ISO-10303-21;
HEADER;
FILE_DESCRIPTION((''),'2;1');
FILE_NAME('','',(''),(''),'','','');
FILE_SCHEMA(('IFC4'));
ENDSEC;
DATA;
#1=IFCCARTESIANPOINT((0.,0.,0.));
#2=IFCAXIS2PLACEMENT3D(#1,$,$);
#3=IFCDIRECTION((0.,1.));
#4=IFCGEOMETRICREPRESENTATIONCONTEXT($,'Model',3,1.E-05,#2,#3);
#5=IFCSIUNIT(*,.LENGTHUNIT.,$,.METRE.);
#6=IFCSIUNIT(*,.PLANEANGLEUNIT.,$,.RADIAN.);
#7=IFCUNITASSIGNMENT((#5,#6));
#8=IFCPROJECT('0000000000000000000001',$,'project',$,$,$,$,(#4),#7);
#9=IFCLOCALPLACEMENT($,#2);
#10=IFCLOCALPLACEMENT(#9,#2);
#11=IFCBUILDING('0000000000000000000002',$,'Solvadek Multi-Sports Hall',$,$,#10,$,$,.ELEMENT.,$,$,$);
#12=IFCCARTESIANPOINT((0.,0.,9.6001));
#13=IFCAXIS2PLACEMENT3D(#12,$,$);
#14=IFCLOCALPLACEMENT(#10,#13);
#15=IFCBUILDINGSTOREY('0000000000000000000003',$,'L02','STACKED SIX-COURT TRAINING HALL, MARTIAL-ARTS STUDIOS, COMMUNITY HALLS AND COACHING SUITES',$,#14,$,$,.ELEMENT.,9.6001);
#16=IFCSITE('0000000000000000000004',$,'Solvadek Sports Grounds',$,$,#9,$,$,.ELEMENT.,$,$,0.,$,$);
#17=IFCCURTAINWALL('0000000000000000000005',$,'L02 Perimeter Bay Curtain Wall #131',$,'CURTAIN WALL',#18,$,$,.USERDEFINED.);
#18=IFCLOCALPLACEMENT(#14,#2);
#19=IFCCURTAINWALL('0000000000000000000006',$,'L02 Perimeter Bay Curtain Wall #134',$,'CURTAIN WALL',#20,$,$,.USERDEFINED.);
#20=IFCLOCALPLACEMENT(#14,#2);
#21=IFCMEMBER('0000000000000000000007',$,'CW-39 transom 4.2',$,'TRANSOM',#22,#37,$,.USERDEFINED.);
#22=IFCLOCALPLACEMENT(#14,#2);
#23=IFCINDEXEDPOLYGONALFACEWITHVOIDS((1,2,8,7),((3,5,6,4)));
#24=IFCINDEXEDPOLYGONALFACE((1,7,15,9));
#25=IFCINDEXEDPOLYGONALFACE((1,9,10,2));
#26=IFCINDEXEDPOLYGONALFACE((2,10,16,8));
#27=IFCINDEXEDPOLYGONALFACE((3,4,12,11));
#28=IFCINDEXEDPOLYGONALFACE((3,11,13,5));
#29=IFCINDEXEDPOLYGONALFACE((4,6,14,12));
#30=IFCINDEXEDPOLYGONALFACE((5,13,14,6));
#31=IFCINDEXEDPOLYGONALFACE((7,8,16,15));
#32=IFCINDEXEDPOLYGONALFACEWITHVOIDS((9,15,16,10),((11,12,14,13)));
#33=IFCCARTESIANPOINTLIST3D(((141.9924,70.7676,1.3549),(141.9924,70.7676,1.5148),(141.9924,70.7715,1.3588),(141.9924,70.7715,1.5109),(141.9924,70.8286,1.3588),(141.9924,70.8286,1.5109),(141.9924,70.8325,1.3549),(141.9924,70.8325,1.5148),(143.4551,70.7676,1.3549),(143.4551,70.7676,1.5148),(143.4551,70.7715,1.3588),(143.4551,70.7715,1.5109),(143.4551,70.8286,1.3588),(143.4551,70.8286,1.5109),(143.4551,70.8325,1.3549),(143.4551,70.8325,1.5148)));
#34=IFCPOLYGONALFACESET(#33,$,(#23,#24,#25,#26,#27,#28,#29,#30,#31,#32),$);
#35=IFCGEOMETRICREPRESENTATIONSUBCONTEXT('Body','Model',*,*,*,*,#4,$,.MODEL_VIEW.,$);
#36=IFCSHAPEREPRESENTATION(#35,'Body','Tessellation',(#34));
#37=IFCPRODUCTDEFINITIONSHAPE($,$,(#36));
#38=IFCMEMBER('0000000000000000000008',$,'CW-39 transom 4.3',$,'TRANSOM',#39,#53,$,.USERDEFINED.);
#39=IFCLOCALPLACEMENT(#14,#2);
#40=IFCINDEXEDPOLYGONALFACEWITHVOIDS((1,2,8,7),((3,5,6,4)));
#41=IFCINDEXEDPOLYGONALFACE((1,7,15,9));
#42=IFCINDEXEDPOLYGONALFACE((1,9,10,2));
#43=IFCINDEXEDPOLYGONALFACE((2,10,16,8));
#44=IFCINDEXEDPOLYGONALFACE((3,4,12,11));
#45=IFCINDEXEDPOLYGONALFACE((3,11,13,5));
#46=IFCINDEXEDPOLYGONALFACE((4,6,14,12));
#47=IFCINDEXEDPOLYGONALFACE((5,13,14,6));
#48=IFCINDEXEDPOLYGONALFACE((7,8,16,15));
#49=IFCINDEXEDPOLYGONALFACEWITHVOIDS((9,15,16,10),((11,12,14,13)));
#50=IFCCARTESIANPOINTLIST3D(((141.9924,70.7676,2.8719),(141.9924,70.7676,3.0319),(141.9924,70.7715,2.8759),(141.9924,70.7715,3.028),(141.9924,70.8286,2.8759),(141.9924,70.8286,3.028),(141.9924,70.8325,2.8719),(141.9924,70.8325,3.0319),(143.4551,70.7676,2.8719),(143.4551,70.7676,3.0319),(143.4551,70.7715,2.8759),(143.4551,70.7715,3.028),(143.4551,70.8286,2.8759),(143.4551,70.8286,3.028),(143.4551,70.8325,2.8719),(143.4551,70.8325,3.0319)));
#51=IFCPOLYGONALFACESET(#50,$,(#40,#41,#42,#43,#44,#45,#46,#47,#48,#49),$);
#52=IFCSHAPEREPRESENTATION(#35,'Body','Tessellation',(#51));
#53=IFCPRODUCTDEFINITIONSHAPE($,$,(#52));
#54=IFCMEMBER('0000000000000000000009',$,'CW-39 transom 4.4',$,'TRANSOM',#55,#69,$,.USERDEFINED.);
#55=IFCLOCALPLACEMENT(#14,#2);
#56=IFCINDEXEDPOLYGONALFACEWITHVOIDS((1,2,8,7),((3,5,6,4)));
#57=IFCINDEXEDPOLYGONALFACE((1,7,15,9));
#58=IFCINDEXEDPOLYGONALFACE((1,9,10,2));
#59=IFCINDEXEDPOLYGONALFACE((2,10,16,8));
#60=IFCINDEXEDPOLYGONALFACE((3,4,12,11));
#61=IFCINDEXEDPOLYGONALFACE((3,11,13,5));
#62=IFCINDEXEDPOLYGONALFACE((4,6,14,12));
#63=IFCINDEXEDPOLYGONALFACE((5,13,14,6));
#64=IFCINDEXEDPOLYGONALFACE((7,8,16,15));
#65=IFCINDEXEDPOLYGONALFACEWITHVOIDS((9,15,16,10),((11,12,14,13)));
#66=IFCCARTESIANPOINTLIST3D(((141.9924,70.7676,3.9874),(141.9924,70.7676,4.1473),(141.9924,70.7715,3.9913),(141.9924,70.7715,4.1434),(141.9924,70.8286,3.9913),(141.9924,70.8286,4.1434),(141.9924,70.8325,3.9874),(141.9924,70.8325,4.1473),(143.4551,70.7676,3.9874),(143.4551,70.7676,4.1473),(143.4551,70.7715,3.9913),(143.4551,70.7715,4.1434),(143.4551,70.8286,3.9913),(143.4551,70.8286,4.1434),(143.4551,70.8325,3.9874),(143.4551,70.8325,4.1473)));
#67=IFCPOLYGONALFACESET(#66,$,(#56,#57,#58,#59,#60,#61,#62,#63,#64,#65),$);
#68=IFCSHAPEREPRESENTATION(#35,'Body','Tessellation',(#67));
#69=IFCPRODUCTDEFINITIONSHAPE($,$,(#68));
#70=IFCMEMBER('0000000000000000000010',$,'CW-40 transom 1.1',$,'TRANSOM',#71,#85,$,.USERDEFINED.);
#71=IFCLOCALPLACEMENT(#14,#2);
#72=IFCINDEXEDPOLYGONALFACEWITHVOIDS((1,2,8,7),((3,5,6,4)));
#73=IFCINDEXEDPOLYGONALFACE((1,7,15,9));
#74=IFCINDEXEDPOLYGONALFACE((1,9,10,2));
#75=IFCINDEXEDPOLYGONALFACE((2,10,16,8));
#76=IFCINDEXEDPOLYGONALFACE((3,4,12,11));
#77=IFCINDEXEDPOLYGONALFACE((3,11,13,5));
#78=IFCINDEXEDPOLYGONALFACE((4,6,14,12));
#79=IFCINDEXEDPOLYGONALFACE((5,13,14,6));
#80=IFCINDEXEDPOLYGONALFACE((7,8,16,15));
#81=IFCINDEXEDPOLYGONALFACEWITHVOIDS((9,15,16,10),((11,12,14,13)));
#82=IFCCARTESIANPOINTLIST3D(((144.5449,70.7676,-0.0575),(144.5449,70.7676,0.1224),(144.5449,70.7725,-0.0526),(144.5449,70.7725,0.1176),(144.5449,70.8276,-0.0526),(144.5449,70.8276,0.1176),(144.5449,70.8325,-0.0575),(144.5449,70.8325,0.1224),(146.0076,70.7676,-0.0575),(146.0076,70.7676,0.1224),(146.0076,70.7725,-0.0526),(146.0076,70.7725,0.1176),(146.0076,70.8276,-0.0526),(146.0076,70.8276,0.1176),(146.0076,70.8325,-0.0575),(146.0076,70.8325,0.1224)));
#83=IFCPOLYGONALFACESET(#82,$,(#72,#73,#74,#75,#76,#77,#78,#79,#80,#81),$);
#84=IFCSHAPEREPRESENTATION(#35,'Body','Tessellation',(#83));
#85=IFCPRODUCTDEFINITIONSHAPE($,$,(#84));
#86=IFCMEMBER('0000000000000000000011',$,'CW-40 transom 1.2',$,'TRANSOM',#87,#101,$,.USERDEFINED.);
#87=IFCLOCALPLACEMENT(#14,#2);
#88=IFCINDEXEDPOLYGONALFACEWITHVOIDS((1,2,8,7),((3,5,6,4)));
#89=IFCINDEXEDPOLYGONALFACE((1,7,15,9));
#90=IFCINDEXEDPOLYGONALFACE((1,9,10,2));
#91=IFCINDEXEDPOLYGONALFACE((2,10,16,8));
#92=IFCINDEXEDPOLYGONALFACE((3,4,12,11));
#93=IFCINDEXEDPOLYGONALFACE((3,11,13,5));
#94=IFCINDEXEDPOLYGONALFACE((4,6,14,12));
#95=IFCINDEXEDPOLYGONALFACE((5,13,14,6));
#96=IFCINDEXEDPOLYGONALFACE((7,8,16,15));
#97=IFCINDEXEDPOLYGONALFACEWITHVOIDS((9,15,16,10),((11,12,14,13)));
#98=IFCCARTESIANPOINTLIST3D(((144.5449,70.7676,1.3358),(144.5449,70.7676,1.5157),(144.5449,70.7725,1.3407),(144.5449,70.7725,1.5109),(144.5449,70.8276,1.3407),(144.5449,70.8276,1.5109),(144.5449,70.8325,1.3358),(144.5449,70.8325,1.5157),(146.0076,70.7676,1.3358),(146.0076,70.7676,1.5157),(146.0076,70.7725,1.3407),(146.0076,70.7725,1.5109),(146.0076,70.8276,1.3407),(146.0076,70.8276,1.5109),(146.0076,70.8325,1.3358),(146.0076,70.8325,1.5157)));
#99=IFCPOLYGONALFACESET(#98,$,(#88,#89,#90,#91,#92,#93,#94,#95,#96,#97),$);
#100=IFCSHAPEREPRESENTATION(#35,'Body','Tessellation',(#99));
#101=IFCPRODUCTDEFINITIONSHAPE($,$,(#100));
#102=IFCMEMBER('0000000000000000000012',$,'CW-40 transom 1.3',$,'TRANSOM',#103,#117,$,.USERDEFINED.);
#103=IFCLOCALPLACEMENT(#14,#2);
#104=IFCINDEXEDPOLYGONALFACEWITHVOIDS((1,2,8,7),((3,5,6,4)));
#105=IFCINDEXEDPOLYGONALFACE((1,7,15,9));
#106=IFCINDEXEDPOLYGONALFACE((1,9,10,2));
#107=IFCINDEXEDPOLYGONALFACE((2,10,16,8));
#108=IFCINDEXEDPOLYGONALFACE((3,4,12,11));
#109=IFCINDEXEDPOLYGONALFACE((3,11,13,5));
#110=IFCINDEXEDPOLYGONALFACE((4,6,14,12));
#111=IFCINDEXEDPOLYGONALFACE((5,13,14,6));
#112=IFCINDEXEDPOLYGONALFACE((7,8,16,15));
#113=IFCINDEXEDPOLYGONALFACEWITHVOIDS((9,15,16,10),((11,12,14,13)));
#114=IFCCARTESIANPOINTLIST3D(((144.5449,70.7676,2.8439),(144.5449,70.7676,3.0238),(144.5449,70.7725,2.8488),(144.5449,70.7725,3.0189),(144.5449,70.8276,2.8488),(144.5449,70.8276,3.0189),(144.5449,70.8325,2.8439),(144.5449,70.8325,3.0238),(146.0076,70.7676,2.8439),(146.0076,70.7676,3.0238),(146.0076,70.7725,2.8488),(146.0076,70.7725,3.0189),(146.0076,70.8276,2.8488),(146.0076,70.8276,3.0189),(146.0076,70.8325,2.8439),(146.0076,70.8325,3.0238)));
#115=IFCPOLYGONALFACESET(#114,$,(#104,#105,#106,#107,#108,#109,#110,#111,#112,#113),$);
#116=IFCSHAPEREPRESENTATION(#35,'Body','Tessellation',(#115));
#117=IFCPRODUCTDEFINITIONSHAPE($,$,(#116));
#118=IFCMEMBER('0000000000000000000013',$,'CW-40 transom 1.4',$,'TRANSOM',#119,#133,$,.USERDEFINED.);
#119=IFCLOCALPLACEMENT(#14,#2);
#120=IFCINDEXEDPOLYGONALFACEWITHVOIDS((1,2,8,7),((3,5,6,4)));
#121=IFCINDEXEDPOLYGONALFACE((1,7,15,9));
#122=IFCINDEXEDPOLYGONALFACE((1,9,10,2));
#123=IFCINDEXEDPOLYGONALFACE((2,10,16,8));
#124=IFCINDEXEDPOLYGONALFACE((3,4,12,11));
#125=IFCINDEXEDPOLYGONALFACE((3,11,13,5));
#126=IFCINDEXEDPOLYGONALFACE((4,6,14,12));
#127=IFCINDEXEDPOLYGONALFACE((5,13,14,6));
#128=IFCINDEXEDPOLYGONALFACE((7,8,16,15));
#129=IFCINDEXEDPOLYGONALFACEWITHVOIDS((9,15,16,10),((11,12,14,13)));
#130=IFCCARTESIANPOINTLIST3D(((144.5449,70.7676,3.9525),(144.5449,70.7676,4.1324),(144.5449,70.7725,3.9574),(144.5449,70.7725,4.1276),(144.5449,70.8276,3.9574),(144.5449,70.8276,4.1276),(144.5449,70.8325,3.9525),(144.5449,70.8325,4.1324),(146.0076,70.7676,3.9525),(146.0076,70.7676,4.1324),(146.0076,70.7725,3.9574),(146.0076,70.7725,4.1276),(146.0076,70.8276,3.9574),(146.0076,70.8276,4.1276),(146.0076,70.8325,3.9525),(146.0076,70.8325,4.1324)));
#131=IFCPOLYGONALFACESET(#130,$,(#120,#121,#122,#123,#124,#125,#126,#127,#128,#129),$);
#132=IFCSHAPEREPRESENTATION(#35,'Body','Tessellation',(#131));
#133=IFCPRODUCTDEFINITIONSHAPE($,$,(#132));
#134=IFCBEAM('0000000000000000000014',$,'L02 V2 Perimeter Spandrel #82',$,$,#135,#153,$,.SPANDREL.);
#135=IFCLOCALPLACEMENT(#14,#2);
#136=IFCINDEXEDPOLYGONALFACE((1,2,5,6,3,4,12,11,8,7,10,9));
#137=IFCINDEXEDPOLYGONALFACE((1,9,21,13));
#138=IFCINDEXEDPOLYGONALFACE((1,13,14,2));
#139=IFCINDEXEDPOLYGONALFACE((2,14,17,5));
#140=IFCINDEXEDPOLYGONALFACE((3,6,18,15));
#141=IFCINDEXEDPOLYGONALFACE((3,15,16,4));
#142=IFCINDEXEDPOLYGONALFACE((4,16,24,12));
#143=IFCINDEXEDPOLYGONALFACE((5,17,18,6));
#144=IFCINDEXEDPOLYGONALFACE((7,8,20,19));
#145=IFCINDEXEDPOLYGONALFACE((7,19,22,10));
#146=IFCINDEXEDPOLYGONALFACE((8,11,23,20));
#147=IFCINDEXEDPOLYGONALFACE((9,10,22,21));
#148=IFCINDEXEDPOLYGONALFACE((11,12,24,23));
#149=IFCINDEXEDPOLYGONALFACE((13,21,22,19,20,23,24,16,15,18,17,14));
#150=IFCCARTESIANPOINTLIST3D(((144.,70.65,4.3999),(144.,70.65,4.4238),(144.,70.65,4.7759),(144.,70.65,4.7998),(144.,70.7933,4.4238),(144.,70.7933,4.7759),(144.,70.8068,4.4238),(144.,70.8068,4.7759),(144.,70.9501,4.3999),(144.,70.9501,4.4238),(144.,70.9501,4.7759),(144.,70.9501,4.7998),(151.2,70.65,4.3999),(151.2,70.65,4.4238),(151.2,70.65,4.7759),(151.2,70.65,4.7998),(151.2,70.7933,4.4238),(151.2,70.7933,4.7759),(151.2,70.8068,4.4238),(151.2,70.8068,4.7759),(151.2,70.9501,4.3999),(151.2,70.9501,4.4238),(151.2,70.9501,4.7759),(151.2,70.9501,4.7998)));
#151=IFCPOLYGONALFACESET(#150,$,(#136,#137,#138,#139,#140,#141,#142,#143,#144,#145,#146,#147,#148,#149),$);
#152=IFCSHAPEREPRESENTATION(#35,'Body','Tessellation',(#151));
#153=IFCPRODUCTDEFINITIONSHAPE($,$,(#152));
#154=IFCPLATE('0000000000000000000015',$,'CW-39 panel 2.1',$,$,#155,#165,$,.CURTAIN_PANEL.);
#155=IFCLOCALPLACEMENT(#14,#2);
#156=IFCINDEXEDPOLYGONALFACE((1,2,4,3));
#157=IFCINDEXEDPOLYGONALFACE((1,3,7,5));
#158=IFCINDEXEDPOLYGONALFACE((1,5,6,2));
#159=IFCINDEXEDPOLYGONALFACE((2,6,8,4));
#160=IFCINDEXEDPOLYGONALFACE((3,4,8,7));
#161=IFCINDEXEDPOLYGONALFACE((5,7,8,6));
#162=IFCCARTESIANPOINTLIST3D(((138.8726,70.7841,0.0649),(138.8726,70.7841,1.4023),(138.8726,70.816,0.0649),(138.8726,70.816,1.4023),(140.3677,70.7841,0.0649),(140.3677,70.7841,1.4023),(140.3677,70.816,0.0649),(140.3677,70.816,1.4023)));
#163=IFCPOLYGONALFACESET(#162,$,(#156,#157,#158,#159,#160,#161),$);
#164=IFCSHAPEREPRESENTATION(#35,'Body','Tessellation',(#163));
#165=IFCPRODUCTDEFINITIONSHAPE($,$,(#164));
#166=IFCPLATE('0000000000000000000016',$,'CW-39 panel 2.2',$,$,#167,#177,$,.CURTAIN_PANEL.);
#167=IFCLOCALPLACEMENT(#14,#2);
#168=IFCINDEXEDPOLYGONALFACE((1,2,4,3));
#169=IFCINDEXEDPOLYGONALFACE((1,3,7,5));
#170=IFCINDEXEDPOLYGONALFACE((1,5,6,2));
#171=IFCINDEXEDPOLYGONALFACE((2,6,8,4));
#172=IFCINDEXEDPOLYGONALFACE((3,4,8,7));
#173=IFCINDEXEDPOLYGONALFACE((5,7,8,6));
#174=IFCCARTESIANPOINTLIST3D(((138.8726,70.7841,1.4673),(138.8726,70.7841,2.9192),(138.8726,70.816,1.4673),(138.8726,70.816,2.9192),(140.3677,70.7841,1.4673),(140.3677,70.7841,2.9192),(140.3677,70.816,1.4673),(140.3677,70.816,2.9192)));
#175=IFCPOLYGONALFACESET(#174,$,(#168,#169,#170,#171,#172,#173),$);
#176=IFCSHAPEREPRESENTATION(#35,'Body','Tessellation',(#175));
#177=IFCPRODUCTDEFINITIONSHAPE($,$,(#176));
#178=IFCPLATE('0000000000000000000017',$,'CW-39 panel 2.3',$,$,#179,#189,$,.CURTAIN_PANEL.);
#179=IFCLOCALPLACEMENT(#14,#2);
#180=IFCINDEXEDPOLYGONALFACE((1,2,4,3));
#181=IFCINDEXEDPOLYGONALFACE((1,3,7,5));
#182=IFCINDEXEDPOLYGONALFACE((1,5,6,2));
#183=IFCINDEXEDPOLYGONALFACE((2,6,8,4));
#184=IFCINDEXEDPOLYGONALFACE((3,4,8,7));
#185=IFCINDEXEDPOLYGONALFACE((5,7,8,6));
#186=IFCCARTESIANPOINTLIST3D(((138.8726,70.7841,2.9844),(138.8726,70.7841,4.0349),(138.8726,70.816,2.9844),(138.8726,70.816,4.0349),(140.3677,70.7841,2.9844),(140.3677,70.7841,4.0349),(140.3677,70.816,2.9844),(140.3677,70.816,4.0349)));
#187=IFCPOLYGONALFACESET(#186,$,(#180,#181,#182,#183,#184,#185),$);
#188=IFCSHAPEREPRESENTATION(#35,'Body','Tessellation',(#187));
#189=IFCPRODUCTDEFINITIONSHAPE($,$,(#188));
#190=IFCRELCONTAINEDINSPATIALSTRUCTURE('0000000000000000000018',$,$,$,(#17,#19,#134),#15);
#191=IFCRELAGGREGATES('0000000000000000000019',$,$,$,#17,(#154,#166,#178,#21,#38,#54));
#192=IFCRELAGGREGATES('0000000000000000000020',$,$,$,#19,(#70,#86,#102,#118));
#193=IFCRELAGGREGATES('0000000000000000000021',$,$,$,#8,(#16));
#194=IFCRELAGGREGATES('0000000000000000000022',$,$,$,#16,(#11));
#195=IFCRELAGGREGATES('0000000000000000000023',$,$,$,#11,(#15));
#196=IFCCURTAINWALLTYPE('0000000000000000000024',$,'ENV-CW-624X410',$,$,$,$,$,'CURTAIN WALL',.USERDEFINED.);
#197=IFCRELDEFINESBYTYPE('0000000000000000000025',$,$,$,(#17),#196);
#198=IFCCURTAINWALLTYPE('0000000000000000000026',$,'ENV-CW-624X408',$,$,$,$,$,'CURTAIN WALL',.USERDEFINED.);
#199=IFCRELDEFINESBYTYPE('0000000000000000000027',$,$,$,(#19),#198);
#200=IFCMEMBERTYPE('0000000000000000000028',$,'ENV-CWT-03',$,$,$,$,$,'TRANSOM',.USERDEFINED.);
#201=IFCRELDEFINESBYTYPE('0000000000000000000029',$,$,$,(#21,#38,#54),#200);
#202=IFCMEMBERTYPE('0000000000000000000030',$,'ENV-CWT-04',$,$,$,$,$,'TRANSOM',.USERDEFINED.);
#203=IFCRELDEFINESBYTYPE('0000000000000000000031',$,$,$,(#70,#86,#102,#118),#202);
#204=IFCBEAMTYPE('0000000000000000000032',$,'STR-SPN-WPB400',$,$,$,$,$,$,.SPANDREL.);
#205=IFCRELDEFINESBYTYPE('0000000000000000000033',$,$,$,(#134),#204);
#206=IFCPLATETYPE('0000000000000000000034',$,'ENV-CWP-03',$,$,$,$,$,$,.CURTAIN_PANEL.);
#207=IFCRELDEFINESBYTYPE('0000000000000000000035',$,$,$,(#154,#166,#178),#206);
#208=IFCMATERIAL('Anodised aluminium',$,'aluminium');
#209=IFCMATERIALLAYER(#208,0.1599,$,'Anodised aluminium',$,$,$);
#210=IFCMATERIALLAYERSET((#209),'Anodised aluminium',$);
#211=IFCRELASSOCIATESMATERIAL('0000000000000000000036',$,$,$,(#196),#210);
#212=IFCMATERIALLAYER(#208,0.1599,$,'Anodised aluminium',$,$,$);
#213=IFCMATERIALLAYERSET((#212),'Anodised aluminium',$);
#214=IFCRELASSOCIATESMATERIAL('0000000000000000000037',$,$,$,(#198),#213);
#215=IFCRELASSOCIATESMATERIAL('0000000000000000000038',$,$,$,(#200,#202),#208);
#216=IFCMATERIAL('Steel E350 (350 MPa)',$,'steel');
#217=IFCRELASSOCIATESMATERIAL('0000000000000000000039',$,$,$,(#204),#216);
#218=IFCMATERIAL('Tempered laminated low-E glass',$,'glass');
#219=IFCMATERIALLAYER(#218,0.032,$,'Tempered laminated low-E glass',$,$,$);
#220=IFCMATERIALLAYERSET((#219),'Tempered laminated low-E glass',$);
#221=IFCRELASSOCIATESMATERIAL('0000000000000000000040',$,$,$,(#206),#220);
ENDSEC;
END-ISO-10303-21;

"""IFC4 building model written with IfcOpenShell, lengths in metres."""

from ifc_helpers import new_model, si_unit, direction, frame, origin, origin_2d, place, context, subcontext, project, spatial, rectangle, hollow_rectangle, i_section, extrude, material, layer, layer_set, material_profile, profile_set, type_object, element, aggregate, save


model = new_model("IFC4")

# Units and contexts
model_context = context("Model", 3, precision=1e-05, world=origin(), true_north=direction((0.0, 1.0)))
body_context = subcontext(model_context, "Body", "Model", "MODEL_VIEW")
ifc_project = project(units=[si_unit("LENGTHUNIT", "METRE"), si_unit("PLANEANGLEUNIT", "RADIAN")], contexts=[model_context])

# Site, building, storey
site_placement = place(None, origin())
site = spatial("IfcSite", under=ifc_project, at=site_placement, Name="Solvadek Sports Grounds", CompositionType="ELEMENT", RefElevation=0.0)
building_placement = place(site_placement, origin())
building = spatial("IfcBuilding", under=site, at=building_placement, Name="Solvadek Multi-Sports Hall", CompositionType="ELEMENT")
storey_placement = place(building_placement, frame((0.0, 0.0, 9.6001)))
storey = spatial("IfcBuildingStorey", under=building, at=storey_placement, Name="L02", Description="STACKED SIX-COURT TRAINING HALL, MARTIAL-ARTS STUDIOS, COMMUNITY HALLS AND COACHING SUITES", CompositionType="ELEMENT", Elevation=9.6001)

# Shared definitions
ifc_material_1 = material(Name="Steel E350 (350 MPa)", Category="steel")

# Curtain wall
ifc_material_2 = material(Name="Anodised aluminium", Category="aluminium")
ifc_layer_1 = layer(ifc_material_2, 0.1599, Name="Anodised aluminium")
ifc_layer_set_1 = layer_set([ifc_layer_1], Name="Anodised aluminium")
curtain_wall_type_1 = type_object("IfcCurtainWallType", Name="ENV-CW-624X410", ElementType="CURTAIN WALL", PredefinedType="USERDEFINED", material=ifc_layer_set_1)
curtain_wall_1_placement = place(storey_placement, origin())
curtain_wall_1 = element("IfcCurtainWall", 1, at=curtain_wall_1_placement, inside=storey, type_object=curtain_wall_type_1, Name="L02 Perimeter Bay Curtain Wall #131", ObjectType="CURTAIN WALL", PredefinedType="USERDEFINED")

# Curtain wall
ifc_layer_2 = layer(ifc_material_2, 0.1599, Name="Anodised aluminium")
ifc_layer_set_2 = layer_set([ifc_layer_2], Name="Anodised aluminium")
curtain_wall_type_2 = type_object("IfcCurtainWallType", Name="ENV-CW-624X408", ElementType="CURTAIN WALL", PredefinedType="USERDEFINED", material=ifc_layer_set_2)
curtain_wall_2_placement = place(storey_placement, origin())
curtain_wall_2 = element("IfcCurtainWall", 2, at=curtain_wall_2_placement, inside=storey, type_object=curtain_wall_type_2, Name="L02 Perimeter Bay Curtain Wall #134", ObjectType="CURTAIN WALL", PredefinedType="USERDEFINED")

# Members
ifc_material_profile_1 = material_profile(ifc_material_2, hollow_rectangle(XDim=0.0649, YDim=0.1599, WallThickness=0.0039, at=origin_2d()), Name="ALU-T 160x65x4")
ifc_profile_set_1 = profile_set([ifc_material_profile_1], Name="Anodised aluminium")
member_type_1 = type_object("IfcMemberType", Name="ENV-CWT-03", ElementType="TRANSOM", PredefinedType="USERDEFINED", material=ifc_profile_set_1)
member_1_placement = place(storey_placement, frame((141.9924, 70.8, 1.4348), z_axis=(1.0, 0.0, 0.0), x_axis=(0.0, 1.0, 0.0)))
member_1 = element("IfcMember", 3, at=member_1_placement, type_object=member_type_1, Name="CW-39 transom 4.2", ObjectType="TRANSOM", PredefinedType="USERDEFINED", context=body_context, shape_type="SweptSolid", body=[
    extrude(hollow_rectangle(XDim=0.0649, YDim=0.1599, WallThickness=0.0039, at=origin_2d()), origin(), (0.0, 0.0, 1.0), 1.4626),
])
member_2_placement = place(storey_placement, frame((141.9924, 70.8, 2.9519), z_axis=(1.0, 0.0, 0.0), x_axis=(0.0, 1.0, 0.0)))
member_2 = element("IfcMember", 4, at=member_2_placement, type_object=member_type_1, Name="CW-39 transom 4.3", ObjectType="TRANSOM", PredefinedType="USERDEFINED", context=body_context, shape_type="SweptSolid", body=[
    extrude(hollow_rectangle(XDim=0.0649, YDim=0.1599, WallThickness=0.0039, at=origin_2d()), origin(), (0.0, 0.0, 1.0), 1.4626),
])
member_3_placement = place(storey_placement, frame((141.9924, 70.8, 4.0674), z_axis=(1.0, 0.0, 0.0), x_axis=(0.0, 1.0, 0.0)))
member_3 = element("IfcMember", 5, at=member_3_placement, type_object=member_type_1, Name="CW-39 transom 4.4", ObjectType="TRANSOM", PredefinedType="USERDEFINED", context=body_context, shape_type="SweptSolid", body=[
    extrude(hollow_rectangle(XDim=0.0649, YDim=0.1599, WallThickness=0.0039, at=origin_2d()), origin(), (0.0, 0.0, 1.0), 1.4626),
])
ifc_material_profile_2 = material_profile(ifc_material_2, hollow_rectangle(XDim=0.0649, YDim=0.1799, WallThickness=0.0049, at=origin_2d()), Name="ALU-T 180x65x5")
ifc_profile_set_2 = profile_set([ifc_material_profile_2], Name="Anodised aluminium")
member_type_2 = type_object("IfcMemberType", Name="ENV-CWT-04", ElementType="TRANSOM", PredefinedType="USERDEFINED", material=ifc_profile_set_2)
member_4_placement = place(storey_placement, frame((144.5449, 70.8, 0.0325), z_axis=(1.0, 0.0, 0.0), x_axis=(0.0, 1.0, 0.0)))
member_4 = element("IfcMember", 6, at=member_4_placement, type_object=member_type_2, Name="CW-40 transom 1.1", ObjectType="TRANSOM", PredefinedType="USERDEFINED", context=body_context, shape_type="SweptSolid", body=[
    extrude(hollow_rectangle(XDim=0.0649, YDim=0.1799, WallThickness=0.0049, at=origin_2d()), origin(), (0.0, 0.0, 1.0), 1.4626),
])
member_5_placement = place(storey_placement, frame((144.5449, 70.8, 1.4258), z_axis=(1.0, 0.0, 0.0), x_axis=(0.0, 1.0, 0.0)))
member_5 = element("IfcMember", 7, at=member_5_placement, type_object=member_type_2, Name="CW-40 transom 1.2", ObjectType="TRANSOM", PredefinedType="USERDEFINED", context=body_context, shape_type="SweptSolid", body=[
    extrude(hollow_rectangle(XDim=0.0649, YDim=0.1799, WallThickness=0.0049, at=origin_2d()), origin(), (0.0, 0.0, 1.0), 1.4626),
])
member_6_placement = place(storey_placement, frame((144.5449, 70.8, 2.9338), z_axis=(1.0, 0.0, 0.0), x_axis=(0.0, 1.0, 0.0)))
member_6 = element("IfcMember", 8, at=member_6_placement, type_object=member_type_2, Name="CW-40 transom 1.3", ObjectType="TRANSOM", PredefinedType="USERDEFINED", context=body_context, shape_type="SweptSolid", body=[
    extrude(hollow_rectangle(XDim=0.0649, YDim=0.1799, WallThickness=0.0049, at=origin_2d()), origin(), (0.0, 0.0, 1.0), 1.4626),
])
member_7_placement = place(storey_placement, frame((144.5449, 70.8, 4.0425), z_axis=(1.0, 0.0, 0.0), x_axis=(0.0, 1.0, 0.0)))
member_7 = element("IfcMember", 9, at=member_7_placement, type_object=member_type_2, Name="CW-40 transom 1.4", ObjectType="TRANSOM", PredefinedType="USERDEFINED", context=body_context, shape_type="SweptSolid", body=[
    extrude(hollow_rectangle(XDim=0.0649, YDim=0.1799, WallThickness=0.0049, at=origin_2d()), origin(), (0.0, 0.0, 1.0), 1.4626),
])

# Beam
ifc_material_profile_3 = material_profile(ifc_material_1, i_section(OverallWidth=0.3, OverallDepth=0.3999, WebThickness=0.0134, FlangeThickness=0.0239, at=origin_2d()), Name="WPB 400")
ifc_profile_set_3 = profile_set([ifc_material_profile_3], Name="Steel E350 (350 MPa)")
beam_type = type_object("IfcBeamType", Name="STR-SPN-WPB400", PredefinedType="SPANDREL", material=ifc_profile_set_3)
beam_placement = place(storey_placement, frame((144.0, 70.8, 4.5999), z_axis=(1.0, 0.0, 0.0), x_axis=(0.0, 1.0, 0.0)))
element("IfcBeam", 10, at=beam_placement, inside=storey, type_object=beam_type, Name="L02 V2 Perimeter Spandrel #82", PredefinedType="SPANDREL", context=body_context, shape_type="SweptSolid", body=[
    extrude(i_section(OverallWidth=0.3, OverallDepth=0.3999, WebThickness=0.0134, FlangeThickness=0.0239, at=origin_2d()), origin(), (0.0, 0.0, 1.0), 7.2),
])

# Plates
ifc_material_3 = material(Name="Tempered laminated low-E glass", Category="glass")
ifc_layer_3 = layer(ifc_material_3, 0.032, Name="Tempered laminated low-E glass")
ifc_layer_set_3 = layer_set([ifc_layer_3], Name="Tempered laminated low-E glass")
plate_type_1 = type_object("IfcPlateType", Name="ENV-CWP-03", PredefinedType="CURTAIN_PANEL", material=ifc_layer_set_3)
plate_1_placement = place(storey_placement, frame((139.6201, 70.8, 0.0649), z_axis=(0.0, 0.0, 1.0), x_axis=(1.0, 0.0, 0.0)))
plate_1 = element("IfcPlate", 11, at=plate_1_placement, type_object=plate_type_1, Name="CW-39 panel 2.1", PredefinedType="CURTAIN_PANEL", context=body_context, shape_type="SweptSolid", body=[
    extrude(rectangle(XDim=1.4951, YDim=0.032, at=origin_2d()), origin(), (0.0, 0.0, 1.0), 1.3374),
])
plate_2_placement = place(storey_placement, frame((139.6201, 70.8, 1.4673), z_axis=(0.0, 0.0, 1.0), x_axis=(1.0, 0.0, 0.0)))
plate_2 = element("IfcPlate", 12, at=plate_2_placement, type_object=plate_type_1, Name="CW-39 panel 2.2", PredefinedType="CURTAIN_PANEL", context=body_context, shape_type="SweptSolid", body=[
    extrude(rectangle(XDim=1.4951, YDim=0.032, at=origin_2d()), origin(), (0.0, 0.0, 1.0), 1.4519),
])
plate_3_placement = place(storey_placement, frame((139.6201, 70.8, 2.9844), z_axis=(0.0, 0.0, 1.0), x_axis=(1.0, 0.0, 0.0)))
plate_3 = element("IfcPlate", 13, at=plate_3_placement, type_object=plate_type_1, Name="CW-39 panel 2.3", PredefinedType="CURTAIN_PANEL", context=body_context, shape_type="SweptSolid", body=[
    extrude(rectangle(XDim=1.4951, YDim=0.032, at=origin_2d()), origin(), (0.0, 0.0, 1.0), 1.0505),
])
aggregate(curtain_wall_1, [plate_1, plate_2, plate_3, member_1, member_2, member_3])
aggregate(curtain_wall_2, [member_4, member_5, member_6, member_7])

save(model, "model.ifc")
